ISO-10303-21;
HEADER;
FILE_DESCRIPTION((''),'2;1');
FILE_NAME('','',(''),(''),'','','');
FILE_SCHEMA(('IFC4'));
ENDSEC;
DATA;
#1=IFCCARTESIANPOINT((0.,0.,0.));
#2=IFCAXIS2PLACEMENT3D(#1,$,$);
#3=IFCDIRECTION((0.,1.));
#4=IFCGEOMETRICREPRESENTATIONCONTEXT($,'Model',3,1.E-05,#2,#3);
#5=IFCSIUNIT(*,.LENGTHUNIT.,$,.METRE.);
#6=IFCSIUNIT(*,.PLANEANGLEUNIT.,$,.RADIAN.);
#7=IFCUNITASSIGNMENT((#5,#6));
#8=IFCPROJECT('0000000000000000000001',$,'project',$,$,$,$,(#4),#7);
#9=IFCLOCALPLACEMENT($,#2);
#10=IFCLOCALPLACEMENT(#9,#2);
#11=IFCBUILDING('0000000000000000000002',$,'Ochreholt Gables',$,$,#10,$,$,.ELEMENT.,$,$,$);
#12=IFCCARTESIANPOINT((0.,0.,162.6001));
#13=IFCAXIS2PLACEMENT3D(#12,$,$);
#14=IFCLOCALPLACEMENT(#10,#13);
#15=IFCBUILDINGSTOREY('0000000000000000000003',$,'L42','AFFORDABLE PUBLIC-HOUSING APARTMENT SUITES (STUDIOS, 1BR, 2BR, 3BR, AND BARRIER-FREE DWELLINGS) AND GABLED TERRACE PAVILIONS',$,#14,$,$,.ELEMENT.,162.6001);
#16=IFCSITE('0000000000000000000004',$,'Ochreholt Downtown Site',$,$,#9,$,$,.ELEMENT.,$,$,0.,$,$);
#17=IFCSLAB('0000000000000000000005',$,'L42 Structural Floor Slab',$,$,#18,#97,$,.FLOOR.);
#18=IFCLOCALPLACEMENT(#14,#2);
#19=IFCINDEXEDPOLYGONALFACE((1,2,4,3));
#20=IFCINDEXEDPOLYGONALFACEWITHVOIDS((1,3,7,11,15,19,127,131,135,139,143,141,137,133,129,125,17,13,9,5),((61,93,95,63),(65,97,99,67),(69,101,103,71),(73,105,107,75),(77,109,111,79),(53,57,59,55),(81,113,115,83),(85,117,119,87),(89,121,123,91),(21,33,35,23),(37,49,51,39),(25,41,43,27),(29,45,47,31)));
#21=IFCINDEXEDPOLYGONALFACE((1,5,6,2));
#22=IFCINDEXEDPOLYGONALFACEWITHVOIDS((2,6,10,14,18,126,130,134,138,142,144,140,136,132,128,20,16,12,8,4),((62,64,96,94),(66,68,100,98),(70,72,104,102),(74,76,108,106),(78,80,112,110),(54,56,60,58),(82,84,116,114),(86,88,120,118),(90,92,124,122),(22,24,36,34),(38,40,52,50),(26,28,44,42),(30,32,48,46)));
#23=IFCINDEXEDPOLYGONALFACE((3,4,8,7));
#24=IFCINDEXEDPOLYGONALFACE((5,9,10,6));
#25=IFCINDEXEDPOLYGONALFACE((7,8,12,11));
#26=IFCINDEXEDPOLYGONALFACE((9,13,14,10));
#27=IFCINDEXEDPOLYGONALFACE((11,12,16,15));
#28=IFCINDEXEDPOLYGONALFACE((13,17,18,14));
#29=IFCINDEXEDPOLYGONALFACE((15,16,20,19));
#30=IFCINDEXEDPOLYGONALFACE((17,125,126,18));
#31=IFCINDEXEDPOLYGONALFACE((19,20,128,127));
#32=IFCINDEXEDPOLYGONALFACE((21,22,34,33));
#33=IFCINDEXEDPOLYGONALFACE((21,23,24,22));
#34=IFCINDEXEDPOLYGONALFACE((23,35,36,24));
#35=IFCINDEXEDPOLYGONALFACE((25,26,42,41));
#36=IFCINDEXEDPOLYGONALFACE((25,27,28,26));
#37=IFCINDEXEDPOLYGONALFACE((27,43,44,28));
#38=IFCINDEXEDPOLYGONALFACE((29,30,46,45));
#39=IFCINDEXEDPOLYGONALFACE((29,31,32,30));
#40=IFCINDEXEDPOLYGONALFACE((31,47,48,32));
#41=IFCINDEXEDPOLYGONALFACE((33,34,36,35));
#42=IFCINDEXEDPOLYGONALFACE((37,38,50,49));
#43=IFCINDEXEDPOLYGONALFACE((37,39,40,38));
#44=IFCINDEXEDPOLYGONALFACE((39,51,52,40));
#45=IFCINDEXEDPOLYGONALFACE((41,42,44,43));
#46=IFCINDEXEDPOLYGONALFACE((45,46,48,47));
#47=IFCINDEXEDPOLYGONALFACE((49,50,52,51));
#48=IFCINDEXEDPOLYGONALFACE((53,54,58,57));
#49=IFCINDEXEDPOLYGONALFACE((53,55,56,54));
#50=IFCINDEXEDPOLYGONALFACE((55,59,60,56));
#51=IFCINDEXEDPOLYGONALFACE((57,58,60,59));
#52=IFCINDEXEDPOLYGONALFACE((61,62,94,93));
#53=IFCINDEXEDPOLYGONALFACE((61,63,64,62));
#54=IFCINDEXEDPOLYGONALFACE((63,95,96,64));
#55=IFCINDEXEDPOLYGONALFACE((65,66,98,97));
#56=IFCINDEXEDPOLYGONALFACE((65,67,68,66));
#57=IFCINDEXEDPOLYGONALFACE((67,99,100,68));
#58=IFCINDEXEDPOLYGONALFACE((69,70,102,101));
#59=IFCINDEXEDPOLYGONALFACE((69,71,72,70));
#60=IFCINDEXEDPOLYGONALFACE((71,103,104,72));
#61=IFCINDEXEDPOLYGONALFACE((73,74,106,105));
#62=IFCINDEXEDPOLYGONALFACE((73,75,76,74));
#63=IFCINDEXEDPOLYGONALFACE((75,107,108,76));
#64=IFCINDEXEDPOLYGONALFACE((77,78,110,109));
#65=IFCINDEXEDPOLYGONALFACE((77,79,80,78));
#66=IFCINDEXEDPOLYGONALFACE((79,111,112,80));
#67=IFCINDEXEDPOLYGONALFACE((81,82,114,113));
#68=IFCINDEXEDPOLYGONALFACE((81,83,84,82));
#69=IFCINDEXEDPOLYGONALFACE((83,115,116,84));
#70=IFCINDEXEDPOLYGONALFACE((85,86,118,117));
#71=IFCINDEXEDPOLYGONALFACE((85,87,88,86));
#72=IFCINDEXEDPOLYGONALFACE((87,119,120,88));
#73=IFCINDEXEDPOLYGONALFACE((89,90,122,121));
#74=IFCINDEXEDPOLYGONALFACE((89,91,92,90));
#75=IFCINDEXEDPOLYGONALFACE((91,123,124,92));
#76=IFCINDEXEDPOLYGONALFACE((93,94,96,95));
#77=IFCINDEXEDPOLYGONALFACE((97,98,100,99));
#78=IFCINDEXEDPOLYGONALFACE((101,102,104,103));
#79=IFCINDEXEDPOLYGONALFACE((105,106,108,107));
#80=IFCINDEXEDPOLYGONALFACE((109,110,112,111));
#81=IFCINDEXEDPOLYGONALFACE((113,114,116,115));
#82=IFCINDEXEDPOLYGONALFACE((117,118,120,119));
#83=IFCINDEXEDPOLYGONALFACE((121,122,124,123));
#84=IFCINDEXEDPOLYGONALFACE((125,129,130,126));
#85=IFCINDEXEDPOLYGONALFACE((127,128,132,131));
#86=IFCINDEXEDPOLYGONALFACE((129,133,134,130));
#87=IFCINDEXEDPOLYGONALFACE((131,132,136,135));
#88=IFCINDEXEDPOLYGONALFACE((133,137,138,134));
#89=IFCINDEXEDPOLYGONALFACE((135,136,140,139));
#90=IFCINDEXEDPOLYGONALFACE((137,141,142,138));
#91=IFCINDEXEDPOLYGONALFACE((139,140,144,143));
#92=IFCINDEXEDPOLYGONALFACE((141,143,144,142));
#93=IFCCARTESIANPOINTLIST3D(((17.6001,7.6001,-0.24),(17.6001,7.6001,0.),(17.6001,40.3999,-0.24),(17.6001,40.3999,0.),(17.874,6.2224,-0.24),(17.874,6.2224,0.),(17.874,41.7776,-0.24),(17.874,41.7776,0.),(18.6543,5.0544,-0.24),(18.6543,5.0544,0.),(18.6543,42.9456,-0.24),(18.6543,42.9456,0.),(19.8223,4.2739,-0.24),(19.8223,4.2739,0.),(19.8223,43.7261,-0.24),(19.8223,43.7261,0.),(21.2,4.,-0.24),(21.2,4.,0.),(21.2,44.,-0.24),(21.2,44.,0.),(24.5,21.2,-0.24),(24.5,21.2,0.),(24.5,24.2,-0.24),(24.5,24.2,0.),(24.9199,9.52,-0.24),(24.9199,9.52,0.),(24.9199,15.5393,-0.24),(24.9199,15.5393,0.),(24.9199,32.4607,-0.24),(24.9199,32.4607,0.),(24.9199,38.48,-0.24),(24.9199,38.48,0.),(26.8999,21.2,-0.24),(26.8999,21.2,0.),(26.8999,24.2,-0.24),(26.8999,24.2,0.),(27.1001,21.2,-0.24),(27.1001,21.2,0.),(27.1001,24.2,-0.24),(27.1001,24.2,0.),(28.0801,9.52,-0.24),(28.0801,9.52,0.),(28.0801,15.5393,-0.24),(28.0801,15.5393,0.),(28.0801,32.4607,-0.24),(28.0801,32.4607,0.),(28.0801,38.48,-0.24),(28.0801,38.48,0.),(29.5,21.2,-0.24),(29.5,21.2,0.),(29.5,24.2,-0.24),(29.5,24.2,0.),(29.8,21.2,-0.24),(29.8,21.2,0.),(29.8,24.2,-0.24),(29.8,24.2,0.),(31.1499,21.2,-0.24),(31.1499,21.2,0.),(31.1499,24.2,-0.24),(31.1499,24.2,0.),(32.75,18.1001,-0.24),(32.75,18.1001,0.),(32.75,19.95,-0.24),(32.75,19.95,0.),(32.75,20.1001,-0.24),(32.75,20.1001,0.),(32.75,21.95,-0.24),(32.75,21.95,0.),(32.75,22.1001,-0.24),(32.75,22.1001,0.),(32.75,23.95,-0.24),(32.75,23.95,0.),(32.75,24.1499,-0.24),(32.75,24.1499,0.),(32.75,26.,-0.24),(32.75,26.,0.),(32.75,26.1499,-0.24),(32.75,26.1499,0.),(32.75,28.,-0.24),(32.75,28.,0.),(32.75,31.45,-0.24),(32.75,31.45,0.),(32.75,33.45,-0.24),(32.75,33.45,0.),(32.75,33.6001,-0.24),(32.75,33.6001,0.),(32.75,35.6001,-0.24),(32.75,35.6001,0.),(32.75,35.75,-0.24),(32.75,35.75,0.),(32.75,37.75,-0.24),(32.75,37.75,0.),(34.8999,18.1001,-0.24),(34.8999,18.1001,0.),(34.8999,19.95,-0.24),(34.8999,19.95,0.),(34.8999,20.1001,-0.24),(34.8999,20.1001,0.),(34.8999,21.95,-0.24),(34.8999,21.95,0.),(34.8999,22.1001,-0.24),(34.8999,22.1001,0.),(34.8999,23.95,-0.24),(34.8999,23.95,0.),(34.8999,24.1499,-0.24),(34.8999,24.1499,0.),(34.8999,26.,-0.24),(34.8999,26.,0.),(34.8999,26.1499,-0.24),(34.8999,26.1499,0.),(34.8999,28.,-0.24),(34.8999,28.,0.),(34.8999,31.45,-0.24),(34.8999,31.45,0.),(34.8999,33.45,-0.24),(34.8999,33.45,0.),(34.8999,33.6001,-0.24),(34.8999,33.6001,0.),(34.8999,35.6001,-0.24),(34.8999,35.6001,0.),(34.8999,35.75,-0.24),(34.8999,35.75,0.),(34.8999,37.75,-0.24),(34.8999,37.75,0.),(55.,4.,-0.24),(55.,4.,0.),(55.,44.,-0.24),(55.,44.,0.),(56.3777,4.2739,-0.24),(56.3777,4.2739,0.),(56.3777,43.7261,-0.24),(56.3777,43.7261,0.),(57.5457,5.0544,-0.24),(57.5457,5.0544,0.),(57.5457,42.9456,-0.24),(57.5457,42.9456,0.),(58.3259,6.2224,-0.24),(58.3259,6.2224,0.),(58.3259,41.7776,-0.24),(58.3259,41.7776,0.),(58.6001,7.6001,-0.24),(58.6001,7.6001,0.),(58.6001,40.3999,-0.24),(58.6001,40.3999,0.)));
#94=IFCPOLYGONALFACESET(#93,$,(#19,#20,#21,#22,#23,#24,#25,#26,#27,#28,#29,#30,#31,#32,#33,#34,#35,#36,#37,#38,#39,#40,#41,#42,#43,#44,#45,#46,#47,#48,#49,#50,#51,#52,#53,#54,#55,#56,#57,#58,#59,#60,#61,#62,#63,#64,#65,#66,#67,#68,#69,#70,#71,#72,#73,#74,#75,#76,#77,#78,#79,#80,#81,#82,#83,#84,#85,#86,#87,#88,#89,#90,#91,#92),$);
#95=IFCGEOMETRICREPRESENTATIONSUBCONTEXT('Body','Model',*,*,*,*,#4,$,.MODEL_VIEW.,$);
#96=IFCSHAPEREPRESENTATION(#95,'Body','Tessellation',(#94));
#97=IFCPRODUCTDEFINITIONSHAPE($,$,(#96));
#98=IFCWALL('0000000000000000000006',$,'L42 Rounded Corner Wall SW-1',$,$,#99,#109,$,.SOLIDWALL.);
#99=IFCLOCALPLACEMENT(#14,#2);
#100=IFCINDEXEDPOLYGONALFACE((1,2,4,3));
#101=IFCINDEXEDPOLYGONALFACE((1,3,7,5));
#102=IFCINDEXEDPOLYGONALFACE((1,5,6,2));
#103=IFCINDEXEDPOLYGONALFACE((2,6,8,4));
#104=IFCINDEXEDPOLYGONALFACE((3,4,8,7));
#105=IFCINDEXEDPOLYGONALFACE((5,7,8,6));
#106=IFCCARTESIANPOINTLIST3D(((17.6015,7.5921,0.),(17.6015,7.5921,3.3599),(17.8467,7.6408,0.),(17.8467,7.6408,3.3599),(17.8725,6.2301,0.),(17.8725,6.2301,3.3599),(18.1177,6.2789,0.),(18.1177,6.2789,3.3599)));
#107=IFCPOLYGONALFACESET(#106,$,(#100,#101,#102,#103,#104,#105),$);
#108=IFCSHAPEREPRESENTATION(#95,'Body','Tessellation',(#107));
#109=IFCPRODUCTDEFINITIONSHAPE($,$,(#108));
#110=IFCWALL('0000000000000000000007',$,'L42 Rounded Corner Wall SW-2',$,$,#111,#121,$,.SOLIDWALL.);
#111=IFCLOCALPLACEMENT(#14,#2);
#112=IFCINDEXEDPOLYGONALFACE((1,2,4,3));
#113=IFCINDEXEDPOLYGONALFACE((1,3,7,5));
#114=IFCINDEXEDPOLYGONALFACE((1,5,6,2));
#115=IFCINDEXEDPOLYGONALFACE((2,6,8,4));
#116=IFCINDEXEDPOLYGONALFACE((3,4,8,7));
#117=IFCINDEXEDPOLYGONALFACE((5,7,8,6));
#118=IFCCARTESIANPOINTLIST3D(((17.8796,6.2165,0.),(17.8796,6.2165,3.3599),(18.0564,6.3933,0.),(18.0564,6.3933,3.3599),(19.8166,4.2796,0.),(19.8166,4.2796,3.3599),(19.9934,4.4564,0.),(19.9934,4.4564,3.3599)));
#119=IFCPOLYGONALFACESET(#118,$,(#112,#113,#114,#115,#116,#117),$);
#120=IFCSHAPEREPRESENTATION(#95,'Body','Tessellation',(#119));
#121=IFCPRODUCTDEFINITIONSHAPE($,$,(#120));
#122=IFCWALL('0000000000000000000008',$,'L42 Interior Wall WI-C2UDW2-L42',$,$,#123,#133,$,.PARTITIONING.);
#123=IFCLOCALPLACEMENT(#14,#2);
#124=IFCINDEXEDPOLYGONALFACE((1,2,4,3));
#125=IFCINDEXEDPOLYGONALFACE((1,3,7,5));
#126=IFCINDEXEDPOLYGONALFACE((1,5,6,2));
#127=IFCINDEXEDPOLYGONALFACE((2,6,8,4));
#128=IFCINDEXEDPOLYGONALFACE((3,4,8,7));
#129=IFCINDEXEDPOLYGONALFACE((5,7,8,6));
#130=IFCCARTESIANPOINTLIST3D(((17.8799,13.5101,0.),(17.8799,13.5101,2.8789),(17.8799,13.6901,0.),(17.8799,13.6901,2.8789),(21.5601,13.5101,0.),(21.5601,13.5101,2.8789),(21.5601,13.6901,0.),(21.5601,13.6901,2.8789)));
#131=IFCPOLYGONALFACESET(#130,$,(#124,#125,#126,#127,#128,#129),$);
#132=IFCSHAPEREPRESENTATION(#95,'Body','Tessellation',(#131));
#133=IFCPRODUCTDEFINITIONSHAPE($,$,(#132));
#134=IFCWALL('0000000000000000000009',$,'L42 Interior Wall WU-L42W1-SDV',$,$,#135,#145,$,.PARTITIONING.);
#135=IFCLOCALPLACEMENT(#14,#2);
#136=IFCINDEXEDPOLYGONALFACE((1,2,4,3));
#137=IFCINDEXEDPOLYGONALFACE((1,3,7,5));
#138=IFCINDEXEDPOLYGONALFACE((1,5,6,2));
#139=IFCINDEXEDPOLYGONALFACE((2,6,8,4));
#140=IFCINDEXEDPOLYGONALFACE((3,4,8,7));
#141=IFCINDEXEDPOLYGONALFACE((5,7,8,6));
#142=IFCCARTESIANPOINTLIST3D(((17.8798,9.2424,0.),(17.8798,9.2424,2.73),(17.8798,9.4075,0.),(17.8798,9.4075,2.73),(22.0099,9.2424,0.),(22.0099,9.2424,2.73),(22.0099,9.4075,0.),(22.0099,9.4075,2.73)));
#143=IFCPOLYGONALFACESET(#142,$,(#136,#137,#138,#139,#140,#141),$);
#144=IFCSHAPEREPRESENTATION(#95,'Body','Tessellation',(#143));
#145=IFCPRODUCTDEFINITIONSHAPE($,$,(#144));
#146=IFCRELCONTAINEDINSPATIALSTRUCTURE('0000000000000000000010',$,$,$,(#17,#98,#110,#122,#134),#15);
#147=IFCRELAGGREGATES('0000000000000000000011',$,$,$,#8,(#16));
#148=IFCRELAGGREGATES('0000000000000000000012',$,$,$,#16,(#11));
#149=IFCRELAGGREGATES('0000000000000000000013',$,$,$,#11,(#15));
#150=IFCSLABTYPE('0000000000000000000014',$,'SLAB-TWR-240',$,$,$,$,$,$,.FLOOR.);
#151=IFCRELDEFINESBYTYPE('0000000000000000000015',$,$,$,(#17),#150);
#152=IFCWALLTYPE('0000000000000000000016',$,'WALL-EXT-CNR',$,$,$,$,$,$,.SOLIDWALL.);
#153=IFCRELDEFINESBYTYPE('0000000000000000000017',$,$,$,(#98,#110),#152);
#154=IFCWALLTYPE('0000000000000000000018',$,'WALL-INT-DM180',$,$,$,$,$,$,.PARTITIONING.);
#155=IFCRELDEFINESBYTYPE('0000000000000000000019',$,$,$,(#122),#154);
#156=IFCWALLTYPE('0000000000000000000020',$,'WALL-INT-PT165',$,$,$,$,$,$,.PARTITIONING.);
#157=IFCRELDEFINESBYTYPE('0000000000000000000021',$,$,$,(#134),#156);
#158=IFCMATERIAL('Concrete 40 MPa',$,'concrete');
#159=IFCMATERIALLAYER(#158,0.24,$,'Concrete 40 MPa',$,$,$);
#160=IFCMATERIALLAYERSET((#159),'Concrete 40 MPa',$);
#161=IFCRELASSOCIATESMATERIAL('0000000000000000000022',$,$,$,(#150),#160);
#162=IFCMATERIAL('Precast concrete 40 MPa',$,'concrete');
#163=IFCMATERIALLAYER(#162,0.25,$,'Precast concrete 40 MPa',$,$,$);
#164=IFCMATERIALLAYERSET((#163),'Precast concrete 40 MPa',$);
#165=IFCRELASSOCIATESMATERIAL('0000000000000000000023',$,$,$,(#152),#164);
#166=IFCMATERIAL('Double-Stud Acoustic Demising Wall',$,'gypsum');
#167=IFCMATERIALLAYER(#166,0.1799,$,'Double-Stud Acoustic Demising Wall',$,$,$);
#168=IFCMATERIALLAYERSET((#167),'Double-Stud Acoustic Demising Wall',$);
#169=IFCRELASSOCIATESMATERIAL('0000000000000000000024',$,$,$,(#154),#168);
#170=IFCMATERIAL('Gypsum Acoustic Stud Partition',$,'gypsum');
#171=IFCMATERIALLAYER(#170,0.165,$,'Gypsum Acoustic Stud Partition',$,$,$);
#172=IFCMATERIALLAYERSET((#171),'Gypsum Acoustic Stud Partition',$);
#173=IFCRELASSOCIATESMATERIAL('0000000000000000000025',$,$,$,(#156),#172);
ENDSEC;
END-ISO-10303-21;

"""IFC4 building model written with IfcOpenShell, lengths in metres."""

from ifc_helpers import new_model, si_unit, direction, frame, frame_2d, origin, place, context, subcontext, project, spatial, polyline, rectangle, outline, extrude, material, layer, layer_set, type_object, element, save


model = new_model("IFC4")

# Units and contexts
model_context = context("Model", 3, precision=1e-05, world=origin(), true_north=direction((0.0, 1.0)))
body_context = subcontext(model_context, "Body", "Model", "MODEL_VIEW")
ifc_project = project(units=[si_unit("LENGTHUNIT", "METRE"), si_unit("PLANEANGLEUNIT", "RADIAN")], contexts=[model_context])

# Site, building, storey
site_placement = place(None, origin())
site = spatial("IfcSite", under=ifc_project, at=site_placement, Name="Ochreholt Downtown Site", CompositionType="ELEMENT", RefElevation=0.0)
building_placement = place(site_placement, origin())
building = spatial("IfcBuilding", under=site, at=building_placement, Name="Ochreholt Gables", CompositionType="ELEMENT")
storey_placement = place(building_placement, frame((0.0, 0.0, 162.6001)))
storey = spatial("IfcBuildingStorey", under=building, at=storey_placement, Name="L42", Description="AFFORDABLE PUBLIC-HOUSING APARTMENT SUITES (STUDIOS, 1BR, 2BR, 3BR, AND BARRIER-FREE DWELLINGS) AND GABLED TERRACE PAVILIONS", CompositionType="ELEMENT", Elevation=162.6001)

# Shared definitions
ifc_material_1 = material(Name="Concrete 40 MPa", Category="concrete")

# Slab
ifc_layer_1 = layer(ifc_material_1, 0.24, Name="Concrete 40 MPa")
ifc_layer_set_1 = layer_set([ifc_layer_1], Name="Concrete 40 MPa")
slab_type_1 = type_object("IfcSlabType", Name="SLAB-TWR-240", PredefinedType="FLOOR", material=ifc_layer_set_1)
slab_1_placement = place(storey_placement, frame((0.0, 0.0, -0.24)))
element("IfcSlab", 1, at=slab_1_placement, inside=storey, type_object=slab_type_1, Name="L42 Structural Floor Slab", PredefinedType="FLOOR", context=body_context, shape_type="SweptSolid", body=[
    extrude(outline(polyline([(17.6001, 7.6001), (17.874, 6.2224), (18.6543, 5.0544), (19.8223, 4.2739), (21.2, 4.0), (55.0, 4.0), (56.3777, 4.2739), (57.5457, 5.0544), (58.3259, 6.2224), (58.6001, 7.6001), (58.6001, 40.3999), (58.3259, 41.7776), (57.5457, 42.9456), (56.3777, 43.7261), (55.0, 44.0), (21.2, 44.0), (19.8223, 43.7261), (18.6543, 42.9456), (17.874, 41.7776), (17.6001, 40.3999), (17.6001, 7.6001)]), holes=[polyline([(24.9199, 15.5393), (24.9199, 9.52), (28.0801, 9.52), (28.0801, 15.5393), (24.9199, 15.5393)]), polyline([(28.0801, 32.4607), (28.0801, 38.48), (24.9199, 38.48), (24.9199, 32.4607), (28.0801, 32.4607)]), polyline([(24.5, 21.2), (26.8999, 21.2), (26.8999, 24.2), (24.5, 24.2), (24.5, 21.2)]), polyline([(27.1001, 21.2), (29.5, 21.2), (29.5, 24.2), (27.1001, 24.2), (27.1001, 21.2)]), polyline([(32.75, 18.1001), (34.8999, 18.1001), (34.8999, 19.95), (32.75, 19.95), (32.75, 18.1001)]), polyline([(32.75, 20.1001), (34.8999, 20.1001), (34.8999, 21.95), (32.75, 21.95), (32.75, 20.1001)]), polyline([(32.75, 22.1001), (34.8999, 22.1001), (34.8999, 23.95), (32.75, 23.95), (32.75, 22.1001)]), polyline([(32.75, 24.1499), (34.8999, 24.1499), (34.8999, 26.0), (32.75, 26.0), (32.75, 24.1499)]), polyline([(32.75, 26.1499), (34.8999, 26.1499), (34.8999, 28.0), (32.75, 28.0), (32.75, 26.1499)]), polyline([(32.75, 31.45), (34.8999, 31.45), (34.8999, 33.45), (32.75, 33.45), (32.75, 31.45)]), polyline([(32.75, 33.6001), (34.8999, 33.6001), (34.8999, 35.6001), (32.75, 35.6001), (32.75, 33.6001)]), polyline([(32.75, 35.75), (34.8999, 35.75), (34.8999, 37.75), (32.75, 37.75), (32.75, 35.75)]), polyline([(29.8, 21.2), (31.1499, 21.2), (31.1499, 24.2), (29.8, 24.2), (29.8, 21.2)])]), origin(), (0.0, 0.0, 1.0), 0.24),
])

# Walls
ifc_material_2 = material(Name="Precast concrete 40 MPa", Category="concrete")
ifc_layer_2 = layer(ifc_material_2, 0.25, Name="Precast concrete 40 MPa")
ifc_layer_set_2 = layer_set([ifc_layer_2], Name="Precast concrete 40 MPa")
wall_type_1 = type_object("IfcWallType", Name="WALL-EXT-CNR", PredefinedType="SOLIDWALL", material=ifc_layer_set_2)
wall_1_placement = place(storey_placement, frame((17.7241, 7.6165, 0.0), z_axis=(0.0, 0.0, 1.0), x_axis=(0.195136, -0.980776, 0.0)))
element("IfcWall", 2, at=wall_1_placement, inside=storey, type_object=wall_type_1, Name="L42 Rounded Corner Wall SW-1", PredefinedType="SOLIDWALL", context=body_context, shape_type="SweptSolid", body=[
    extrude(rectangle(XDim=1.3887, YDim=0.25, at=frame_2d((0.6943, 0.0))), origin(), (0.0, 0.0, 1.0), 3.3599),
])
wall_2_placement = place(storey_placement, frame((17.968, 6.3049, 0.0), z_axis=(0.0, 0.0, 1.0), x_axis=(0.707107, -0.707107, 0.0)))
element("IfcWall", 3, at=wall_2_placement, inside=storey, type_object=wall_type_1, Name="L42 Rounded Corner Wall SW-2", PredefinedType="SOLIDWALL", context=body_context, shape_type="SweptSolid", body=[
    extrude(rectangle(XDim=2.7393, YDim=0.25, at=frame_2d((1.3696, 0.0))), origin(), (0.0, 0.0, 1.0), 3.3599),
])
ifc_material_3 = material(Name="Double-Stud Acoustic Demising Wall", Category="gypsum")
ifc_layer_3 = layer(ifc_material_3, 0.1799, Name="Double-Stud Acoustic Demising Wall")
ifc_layer_set_3 = layer_set([ifc_layer_3], Name="Double-Stud Acoustic Demising Wall")
wall_type_2 = type_object("IfcWallType", Name="WALL-INT-DM180", PredefinedType="PARTITIONING", material=ifc_layer_set_3)
wall_3_placement = place(storey_placement, frame((17.8799, 13.6001, 0.0), z_axis=(0.0, 0.0, 1.0), x_axis=(1.0, 0.0, 0.0)))
element("IfcWall", 4, at=wall_3_placement, inside=storey, type_object=wall_type_2, Name="L42 Interior Wall WI-C2UDW2-L42", PredefinedType="PARTITIONING", context=body_context, shape_type="SweptSolid", body=[
    extrude(rectangle(XDim=3.6802, YDim=0.1799, at=frame_2d((1.8401, 0.0))), origin(), (0.0, 0.0, 1.0), 2.8789),
])
ifc_material_4 = material(Name="Gypsum Acoustic Stud Partition", Category="gypsum")
ifc_layer_4 = layer(ifc_material_4, 0.165, Name="Gypsum Acoustic Stud Partition")
ifc_layer_set_4 = layer_set([ifc_layer_4], Name="Gypsum Acoustic Stud Partition")
wall_type_3 = type_object("IfcWallType", Name="WALL-INT-PT165", PredefinedType="PARTITIONING", material=ifc_layer_set_4)
wall_4_placement = place(storey_placement, frame((17.8799, 9.325, 0.0), z_axis=(0.0, 0.0, 1.0), x_axis=(1.0, 0.0, 0.0)))
element("IfcWall", 5, at=wall_4_placement, inside=storey, type_object=wall_type_3, Name="L42 Interior Wall WU-L42W1-SDV", PredefinedType="PARTITIONING", context=body_context, shape_type="SweptSolid", body=[
    extrude(rectangle(XDim=4.1301, YDim=0.165, at=frame_2d((2.0649, 0.0))), origin(), (0.0, 0.0, 1.0), 2.73),
])

save(model, "model.ifc")
